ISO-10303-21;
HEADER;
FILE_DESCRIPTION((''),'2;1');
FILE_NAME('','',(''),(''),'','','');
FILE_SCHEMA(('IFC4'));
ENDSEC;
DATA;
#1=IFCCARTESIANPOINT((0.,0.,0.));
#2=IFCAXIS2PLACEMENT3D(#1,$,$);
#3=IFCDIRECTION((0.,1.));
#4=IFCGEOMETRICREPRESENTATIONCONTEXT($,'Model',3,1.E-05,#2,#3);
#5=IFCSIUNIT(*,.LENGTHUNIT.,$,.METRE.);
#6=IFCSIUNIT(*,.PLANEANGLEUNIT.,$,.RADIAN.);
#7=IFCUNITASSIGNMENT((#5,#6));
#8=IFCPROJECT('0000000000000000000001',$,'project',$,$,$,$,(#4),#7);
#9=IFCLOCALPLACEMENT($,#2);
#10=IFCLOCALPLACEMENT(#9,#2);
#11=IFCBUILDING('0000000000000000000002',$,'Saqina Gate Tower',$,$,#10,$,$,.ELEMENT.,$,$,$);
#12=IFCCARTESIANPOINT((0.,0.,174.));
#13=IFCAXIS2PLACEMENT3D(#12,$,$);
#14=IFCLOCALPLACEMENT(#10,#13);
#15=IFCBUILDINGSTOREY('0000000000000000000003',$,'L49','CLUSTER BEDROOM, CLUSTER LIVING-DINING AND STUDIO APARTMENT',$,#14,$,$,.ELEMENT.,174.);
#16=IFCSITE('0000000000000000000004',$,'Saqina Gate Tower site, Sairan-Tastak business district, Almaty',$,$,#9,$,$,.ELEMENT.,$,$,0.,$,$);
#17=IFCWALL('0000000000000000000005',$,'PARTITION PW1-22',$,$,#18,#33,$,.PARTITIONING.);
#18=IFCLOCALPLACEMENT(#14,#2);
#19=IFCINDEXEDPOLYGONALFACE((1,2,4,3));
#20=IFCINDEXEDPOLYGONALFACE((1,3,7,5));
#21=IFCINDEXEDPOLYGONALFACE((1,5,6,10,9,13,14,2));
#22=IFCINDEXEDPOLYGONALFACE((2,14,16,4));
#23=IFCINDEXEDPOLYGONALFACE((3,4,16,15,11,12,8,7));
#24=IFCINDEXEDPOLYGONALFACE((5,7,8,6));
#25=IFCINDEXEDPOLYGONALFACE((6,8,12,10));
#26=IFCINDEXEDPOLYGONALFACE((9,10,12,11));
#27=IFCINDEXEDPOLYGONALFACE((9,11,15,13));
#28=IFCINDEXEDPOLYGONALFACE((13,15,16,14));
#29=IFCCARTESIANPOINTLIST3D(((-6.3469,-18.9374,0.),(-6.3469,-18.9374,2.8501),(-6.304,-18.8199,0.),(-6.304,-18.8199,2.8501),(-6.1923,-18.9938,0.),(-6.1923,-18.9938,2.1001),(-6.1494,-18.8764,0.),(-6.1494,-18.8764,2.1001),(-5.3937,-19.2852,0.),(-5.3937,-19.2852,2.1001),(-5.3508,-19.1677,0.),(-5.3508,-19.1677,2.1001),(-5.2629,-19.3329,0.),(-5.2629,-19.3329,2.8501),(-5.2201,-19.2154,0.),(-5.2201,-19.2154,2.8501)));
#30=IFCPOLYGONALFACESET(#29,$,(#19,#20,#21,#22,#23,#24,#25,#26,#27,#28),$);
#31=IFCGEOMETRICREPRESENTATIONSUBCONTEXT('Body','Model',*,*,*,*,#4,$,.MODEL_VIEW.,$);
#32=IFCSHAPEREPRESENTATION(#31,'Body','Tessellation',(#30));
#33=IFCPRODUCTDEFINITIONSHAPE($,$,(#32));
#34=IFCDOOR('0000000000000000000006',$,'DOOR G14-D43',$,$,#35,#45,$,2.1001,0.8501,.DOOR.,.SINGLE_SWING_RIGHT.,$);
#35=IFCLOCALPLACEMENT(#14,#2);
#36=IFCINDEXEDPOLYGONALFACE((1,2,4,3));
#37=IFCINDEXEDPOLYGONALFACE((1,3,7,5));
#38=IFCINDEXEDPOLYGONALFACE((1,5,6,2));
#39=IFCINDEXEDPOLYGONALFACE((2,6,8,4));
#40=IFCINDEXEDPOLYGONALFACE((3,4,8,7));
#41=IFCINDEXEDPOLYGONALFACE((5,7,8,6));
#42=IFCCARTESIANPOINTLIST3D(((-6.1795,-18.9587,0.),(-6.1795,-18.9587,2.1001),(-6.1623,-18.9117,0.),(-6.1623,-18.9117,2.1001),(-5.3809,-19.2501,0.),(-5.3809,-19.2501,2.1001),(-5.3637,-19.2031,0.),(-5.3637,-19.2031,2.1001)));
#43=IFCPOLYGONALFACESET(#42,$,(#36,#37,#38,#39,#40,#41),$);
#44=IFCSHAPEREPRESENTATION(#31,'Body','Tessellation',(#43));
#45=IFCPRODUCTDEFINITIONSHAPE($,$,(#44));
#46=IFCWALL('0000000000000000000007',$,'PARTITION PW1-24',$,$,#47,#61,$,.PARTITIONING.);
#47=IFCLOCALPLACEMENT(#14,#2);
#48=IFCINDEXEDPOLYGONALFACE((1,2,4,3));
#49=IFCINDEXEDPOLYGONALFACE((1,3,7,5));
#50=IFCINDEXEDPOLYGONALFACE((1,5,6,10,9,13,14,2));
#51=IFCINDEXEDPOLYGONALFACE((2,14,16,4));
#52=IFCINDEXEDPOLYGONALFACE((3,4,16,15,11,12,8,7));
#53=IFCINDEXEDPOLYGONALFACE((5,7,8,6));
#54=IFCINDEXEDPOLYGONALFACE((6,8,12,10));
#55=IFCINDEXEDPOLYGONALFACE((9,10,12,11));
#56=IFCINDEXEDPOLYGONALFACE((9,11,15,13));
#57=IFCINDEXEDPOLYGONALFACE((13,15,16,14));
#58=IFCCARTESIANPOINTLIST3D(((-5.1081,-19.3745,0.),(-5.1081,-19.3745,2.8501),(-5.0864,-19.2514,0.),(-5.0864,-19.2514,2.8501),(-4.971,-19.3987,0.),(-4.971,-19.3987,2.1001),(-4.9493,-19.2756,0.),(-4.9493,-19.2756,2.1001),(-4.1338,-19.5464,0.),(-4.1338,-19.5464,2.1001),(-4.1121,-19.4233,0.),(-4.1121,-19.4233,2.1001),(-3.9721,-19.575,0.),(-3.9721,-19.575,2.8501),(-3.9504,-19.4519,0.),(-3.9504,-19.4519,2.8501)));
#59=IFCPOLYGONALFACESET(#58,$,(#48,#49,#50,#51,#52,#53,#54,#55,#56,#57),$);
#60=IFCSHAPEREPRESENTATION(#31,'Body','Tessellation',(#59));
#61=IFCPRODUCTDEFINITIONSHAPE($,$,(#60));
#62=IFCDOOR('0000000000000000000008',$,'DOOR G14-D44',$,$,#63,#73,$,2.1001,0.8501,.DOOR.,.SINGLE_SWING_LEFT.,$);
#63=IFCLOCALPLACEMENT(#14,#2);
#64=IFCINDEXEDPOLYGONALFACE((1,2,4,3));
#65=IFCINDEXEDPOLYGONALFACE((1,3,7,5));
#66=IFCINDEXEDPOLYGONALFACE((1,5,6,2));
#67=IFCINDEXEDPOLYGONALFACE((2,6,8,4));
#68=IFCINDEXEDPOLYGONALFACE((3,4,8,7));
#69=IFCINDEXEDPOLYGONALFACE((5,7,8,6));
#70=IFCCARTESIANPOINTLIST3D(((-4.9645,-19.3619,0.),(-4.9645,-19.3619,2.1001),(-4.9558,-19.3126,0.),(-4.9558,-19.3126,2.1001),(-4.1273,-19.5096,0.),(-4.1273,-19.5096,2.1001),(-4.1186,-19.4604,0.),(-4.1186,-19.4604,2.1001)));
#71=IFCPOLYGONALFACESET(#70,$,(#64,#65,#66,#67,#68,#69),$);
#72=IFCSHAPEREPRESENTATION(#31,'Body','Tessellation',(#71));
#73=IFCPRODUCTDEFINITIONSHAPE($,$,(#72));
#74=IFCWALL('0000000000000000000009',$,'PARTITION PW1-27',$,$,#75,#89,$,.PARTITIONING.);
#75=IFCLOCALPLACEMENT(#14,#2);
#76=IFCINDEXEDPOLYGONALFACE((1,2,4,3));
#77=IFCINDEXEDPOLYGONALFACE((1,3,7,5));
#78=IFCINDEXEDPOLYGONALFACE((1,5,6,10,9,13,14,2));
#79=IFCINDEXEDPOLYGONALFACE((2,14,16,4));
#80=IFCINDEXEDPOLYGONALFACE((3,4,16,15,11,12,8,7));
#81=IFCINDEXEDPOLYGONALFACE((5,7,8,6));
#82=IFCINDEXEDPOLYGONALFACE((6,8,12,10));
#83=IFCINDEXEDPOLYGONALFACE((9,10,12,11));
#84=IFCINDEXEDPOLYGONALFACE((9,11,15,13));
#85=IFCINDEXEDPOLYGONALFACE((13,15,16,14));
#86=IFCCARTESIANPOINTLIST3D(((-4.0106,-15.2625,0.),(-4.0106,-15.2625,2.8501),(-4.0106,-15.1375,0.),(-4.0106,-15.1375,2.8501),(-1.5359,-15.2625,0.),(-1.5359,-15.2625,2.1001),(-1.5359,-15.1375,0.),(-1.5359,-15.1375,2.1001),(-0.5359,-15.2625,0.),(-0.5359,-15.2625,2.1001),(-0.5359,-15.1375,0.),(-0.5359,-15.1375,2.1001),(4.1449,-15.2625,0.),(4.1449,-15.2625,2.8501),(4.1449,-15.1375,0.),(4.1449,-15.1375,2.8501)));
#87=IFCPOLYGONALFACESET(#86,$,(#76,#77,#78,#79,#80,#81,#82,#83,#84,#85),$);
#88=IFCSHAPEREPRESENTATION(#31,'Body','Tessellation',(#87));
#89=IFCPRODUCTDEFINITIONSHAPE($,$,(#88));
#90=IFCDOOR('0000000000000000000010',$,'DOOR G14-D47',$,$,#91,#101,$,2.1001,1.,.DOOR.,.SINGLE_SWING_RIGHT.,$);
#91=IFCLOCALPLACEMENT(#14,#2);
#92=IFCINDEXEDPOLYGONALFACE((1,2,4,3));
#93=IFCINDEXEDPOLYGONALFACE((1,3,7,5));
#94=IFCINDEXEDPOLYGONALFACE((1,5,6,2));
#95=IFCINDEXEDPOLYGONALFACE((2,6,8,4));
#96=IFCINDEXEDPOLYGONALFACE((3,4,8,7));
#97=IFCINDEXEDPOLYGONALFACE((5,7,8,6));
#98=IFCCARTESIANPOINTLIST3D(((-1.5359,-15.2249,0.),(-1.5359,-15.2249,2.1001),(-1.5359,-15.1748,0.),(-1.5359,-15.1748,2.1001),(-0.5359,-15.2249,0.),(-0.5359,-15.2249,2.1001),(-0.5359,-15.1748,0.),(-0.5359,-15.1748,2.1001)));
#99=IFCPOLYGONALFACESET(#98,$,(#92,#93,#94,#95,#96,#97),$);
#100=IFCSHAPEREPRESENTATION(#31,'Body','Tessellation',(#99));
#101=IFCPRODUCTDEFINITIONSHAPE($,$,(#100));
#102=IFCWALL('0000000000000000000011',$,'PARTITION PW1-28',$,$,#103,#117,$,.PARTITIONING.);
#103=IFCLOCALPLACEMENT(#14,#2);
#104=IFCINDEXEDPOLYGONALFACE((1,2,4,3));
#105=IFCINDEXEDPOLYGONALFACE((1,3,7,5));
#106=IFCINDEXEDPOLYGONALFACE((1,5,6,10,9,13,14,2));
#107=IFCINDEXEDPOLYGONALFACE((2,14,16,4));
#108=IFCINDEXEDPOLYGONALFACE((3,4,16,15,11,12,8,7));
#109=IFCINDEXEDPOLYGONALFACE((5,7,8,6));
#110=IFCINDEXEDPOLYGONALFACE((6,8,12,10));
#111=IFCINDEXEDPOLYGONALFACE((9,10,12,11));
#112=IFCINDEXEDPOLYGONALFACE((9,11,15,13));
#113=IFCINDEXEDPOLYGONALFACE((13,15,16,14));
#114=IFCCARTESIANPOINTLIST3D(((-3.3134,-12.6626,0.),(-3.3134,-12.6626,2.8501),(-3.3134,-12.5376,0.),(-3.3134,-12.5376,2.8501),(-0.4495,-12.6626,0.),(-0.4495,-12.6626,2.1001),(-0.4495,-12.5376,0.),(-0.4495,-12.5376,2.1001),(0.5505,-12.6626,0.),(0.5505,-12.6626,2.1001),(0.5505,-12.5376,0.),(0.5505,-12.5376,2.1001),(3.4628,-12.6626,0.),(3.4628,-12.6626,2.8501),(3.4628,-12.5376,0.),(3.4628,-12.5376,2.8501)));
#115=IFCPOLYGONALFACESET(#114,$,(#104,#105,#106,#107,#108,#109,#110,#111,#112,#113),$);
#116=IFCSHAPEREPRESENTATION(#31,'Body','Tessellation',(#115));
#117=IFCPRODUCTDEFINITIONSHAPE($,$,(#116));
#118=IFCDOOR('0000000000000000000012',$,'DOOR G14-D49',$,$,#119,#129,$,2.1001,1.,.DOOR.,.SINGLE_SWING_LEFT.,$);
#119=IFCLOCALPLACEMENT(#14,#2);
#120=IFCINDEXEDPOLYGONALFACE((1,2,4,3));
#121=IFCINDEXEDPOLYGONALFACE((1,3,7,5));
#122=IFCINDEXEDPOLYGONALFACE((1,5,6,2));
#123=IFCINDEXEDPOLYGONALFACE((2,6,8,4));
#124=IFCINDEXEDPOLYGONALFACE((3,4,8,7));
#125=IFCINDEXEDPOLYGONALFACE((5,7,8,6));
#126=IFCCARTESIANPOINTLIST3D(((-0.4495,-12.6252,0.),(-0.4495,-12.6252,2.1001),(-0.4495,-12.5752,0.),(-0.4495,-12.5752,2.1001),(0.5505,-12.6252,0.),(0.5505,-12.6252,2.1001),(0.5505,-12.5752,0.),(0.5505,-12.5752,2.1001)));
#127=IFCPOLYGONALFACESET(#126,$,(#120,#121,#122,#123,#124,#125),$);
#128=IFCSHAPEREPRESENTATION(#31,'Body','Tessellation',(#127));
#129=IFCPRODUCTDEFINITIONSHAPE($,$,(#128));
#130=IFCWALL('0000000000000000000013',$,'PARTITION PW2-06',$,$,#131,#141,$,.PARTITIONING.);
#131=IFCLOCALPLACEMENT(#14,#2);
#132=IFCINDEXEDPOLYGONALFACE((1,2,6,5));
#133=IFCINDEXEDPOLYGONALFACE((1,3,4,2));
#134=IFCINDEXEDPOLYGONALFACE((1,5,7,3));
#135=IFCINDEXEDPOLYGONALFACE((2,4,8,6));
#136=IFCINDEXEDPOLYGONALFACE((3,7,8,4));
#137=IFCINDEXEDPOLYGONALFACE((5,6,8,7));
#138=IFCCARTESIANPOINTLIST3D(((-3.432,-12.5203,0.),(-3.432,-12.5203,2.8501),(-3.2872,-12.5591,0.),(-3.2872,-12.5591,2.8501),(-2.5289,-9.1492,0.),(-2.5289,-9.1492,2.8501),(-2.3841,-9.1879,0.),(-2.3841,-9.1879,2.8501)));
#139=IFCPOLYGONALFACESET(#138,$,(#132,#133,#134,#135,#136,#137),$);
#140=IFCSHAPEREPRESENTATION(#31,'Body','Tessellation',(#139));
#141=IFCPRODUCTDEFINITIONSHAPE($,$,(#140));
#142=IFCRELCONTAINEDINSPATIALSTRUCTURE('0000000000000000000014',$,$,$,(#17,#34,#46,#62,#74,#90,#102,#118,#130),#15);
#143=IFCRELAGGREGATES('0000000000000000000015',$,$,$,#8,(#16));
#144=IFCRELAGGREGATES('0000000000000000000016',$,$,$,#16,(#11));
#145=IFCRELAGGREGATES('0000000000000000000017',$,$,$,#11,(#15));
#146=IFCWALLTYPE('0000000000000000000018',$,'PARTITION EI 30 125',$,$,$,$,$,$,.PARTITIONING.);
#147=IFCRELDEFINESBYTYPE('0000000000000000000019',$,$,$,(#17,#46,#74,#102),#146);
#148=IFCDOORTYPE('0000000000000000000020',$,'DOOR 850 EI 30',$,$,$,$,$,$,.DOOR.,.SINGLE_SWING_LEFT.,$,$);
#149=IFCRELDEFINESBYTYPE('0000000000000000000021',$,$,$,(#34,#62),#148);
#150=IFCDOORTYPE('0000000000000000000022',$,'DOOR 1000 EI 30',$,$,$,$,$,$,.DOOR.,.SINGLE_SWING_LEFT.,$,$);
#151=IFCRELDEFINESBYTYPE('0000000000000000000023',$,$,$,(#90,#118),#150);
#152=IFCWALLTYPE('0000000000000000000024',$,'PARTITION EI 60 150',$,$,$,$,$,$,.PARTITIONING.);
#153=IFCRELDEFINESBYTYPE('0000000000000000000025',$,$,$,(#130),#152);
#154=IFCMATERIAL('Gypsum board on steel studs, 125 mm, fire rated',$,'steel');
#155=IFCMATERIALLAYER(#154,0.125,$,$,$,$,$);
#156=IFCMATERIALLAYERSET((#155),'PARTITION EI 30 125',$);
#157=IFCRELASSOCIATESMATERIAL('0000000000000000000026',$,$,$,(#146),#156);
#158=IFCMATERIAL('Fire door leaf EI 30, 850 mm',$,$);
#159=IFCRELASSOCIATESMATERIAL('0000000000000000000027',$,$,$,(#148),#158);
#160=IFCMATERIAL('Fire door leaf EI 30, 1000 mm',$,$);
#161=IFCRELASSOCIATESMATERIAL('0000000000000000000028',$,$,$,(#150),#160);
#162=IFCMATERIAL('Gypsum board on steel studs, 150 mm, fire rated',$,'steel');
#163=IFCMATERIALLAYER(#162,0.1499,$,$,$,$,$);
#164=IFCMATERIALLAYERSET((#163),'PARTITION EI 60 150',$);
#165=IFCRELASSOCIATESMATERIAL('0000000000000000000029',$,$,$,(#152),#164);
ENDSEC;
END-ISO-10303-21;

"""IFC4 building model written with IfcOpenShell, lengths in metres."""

from ifc_helpers import new_model, si_unit, direction, frame, frame_2d, origin, place, context, subcontext, project, spatial, rectangle, extrude, material, layer, layer_set, type_object, element, fill, save


model = new_model("IFC4")

# Units and contexts
model_context = context("Model", 3, precision=1e-05, world=origin(), true_north=direction((0.0, 1.0)))
body_context = subcontext(model_context, "Body", "Model", "MODEL_VIEW")
ifc_project = project(units=[si_unit("LENGTHUNIT", "METRE"), si_unit("PLANEANGLEUNIT", "RADIAN")], contexts=[model_context])

# Site, building, storey
site_placement = place(None, origin())
site = spatial("IfcSite", under=ifc_project, at=site_placement, Name="Saqina Gate Tower site, Sairan-Tastak business district, Almaty", CompositionType="ELEMENT", RefElevation=0.0)
building_placement = place(site_placement, origin())
building = spatial("IfcBuilding", under=site, at=building_placement, Name="Saqina Gate Tower", CompositionType="ELEMENT")
storey_placement = place(building_placement, frame((0.0, 0.0, 174.0)))
storey = spatial("IfcBuildingStorey", under=building, at=storey_placement, Name="L49", Description="CLUSTER BEDROOM, CLUSTER LIVING-DINING AND STUDIO APARTMENT", CompositionType="ELEMENT", Elevation=174.0)

# Shared definitions
ifc_material_1 = material(Name="Gypsum board on steel studs, 125 mm, fire rated", Category="steel")
ifc_layer_1 = layer(ifc_material_1, 0.125)
ifc_layer_set_1 = layer_set([ifc_layer_1], Name="PARTITION EI 30 125")
wall_type_1 = type_object("IfcWallType", Name="PARTITION EI 30 125", PredefinedType="PARTITIONING", material=ifc_layer_set_1)

# Walls, openings, doors
wall_1_placement = place(storey_placement, frame((-6.3254, -18.8787, 0.0), z_axis=(0.0, 0.0, 1.0), x_axis=(0.939422, -0.342762, 0.0)))
wall_1 = element("IfcWall", 1, at=wall_1_placement, inside=storey, type_object=wall_type_1, Name="PARTITION PW1-22", PredefinedType="PARTITIONING", context=body_context, shape_type="SweptSolid", body=[
    extrude(rectangle(XDim=1.1538, YDim=0.125, at=frame_2d((0.5769, 0.0))), origin(), (0.0, 0.0, 1.0), 2.8501),
])
opening_1_placement = place(wall_1_placement, frame((0.1646, 0.0, 0.0)))
opening_1 = element("IfcOpeningElement", 2, at=opening_1_placement, cuts=wall_1, PredefinedType="OPENING", context=body_context, shape_type="SweptSolid", body=[
    extrude(rectangle(XDim=0.8501, YDim=2.1001, at=frame_2d((0.425, 1.05))), frame((0.0, 0.0745, 0.0), z_axis=(0.0, -1.0, 0.0), x_axis=(1.0, 0.0, 0.0)), (0.0, 0.0, 1.0), 0.1489),
])
ifc_material_2 = material(Name="Fire door leaf EI 30, 850 mm")
door_type_1 = type_object("IfcDoorType", Name="DOOR 850 EI 30", OperationType="SINGLE_SWING_LEFT", PredefinedType="DOOR", material=ifc_material_2)
door_1_placement = place(opening_1_placement, origin())
door_1 = element("IfcDoor", 3, at=door_1_placement, inside=storey, type_object=door_type_1, Name="DOOR G14-D43", OperationType="SINGLE_SWING_RIGHT", OverallHeight=2.1001, OverallWidth=0.8501, PredefinedType="DOOR", context=body_context, shape_type="SweptSolid", body=[
    extrude(rectangle(XDim=0.8501, YDim=2.1001, at=frame_2d((0.425, 1.05))), frame((0.0, 0.0249, 0.0), z_axis=(0.0, -1.0, 0.0), x_axis=(1.0, 0.0, 0.0)), (0.0, 0.0, 1.0), 0.05),
])
fill(opening_1, door_1)
wall_2_placement = place(storey_placement, frame((-5.0972, -19.313, 0.0), z_axis=(0.0, 0.0, 1.0), x_axis=(0.984788, -0.173761, 0.0)))
wall_2 = element("IfcWall", 4, at=wall_2_placement, inside=storey, type_object=wall_type_1, Name="PARTITION PW1-24", PredefinedType="PARTITIONING", context=body_context, shape_type="SweptSolid", body=[
    extrude(rectangle(XDim=1.1536, YDim=0.125, at=frame_2d((0.5767, 0.0))), origin(), (0.0, 0.0, 1.0), 2.8501),
])
opening_2_placement = place(wall_2_placement, frame((0.1392, 0.0, 0.0)))
opening_2 = element("IfcOpeningElement", 5, at=opening_2_placement, cuts=wall_2, PredefinedType="OPENING", context=body_context, shape_type="SweptSolid", body=[
    extrude(rectangle(XDim=0.8501, YDim=2.1001, at=frame_2d((0.425, 1.05))), frame((0.0, 0.0745, 0.0), z_axis=(0.0, -1.0, 0.0), x_axis=(1.0, 0.0, 0.0)), (0.0, 0.0, 1.0), 0.1489),
])
door_2_placement = place(opening_2_placement, origin())
door_2 = element("IfcDoor", 6, at=door_2_placement, inside=storey, type_object=door_type_1, Name="DOOR G14-D44", OperationType="SINGLE_SWING_LEFT", OverallHeight=2.1001, OverallWidth=0.8501, PredefinedType="DOOR", context=body_context, shape_type="SweptSolid", body=[
    extrude(rectangle(XDim=0.8501, YDim=2.1001, at=frame_2d((0.425, 1.05))), frame((0.0, 0.0249, 0.0), z_axis=(0.0, -1.0, 0.0), x_axis=(1.0, 0.0, 0.0)), (0.0, 0.0, 1.0), 0.05),
])
fill(opening_2, door_2)
wall_3_placement = place(storey_placement, frame((-4.0105, -15.2, 0.0), z_axis=(0.0, 0.0, 1.0), x_axis=(1.0, 0.0, 0.0)))
wall_3 = element("IfcWall", 7, at=wall_3_placement, inside=storey, type_object=wall_type_1, Name="PARTITION PW1-27", PredefinedType="PARTITIONING", context=body_context, shape_type="SweptSolid", body=[
    extrude(rectangle(XDim=8.1555, YDim=0.125, at=frame_2d((4.0776, 0.0))), origin(), (0.0, 0.0, 1.0), 2.8501),
])
opening_3_placement = place(wall_3_placement, frame((2.4746, 0.0, 0.0)))
opening_3 = element("IfcOpeningElement", 8, at=opening_3_placement, cuts=wall_3, PredefinedType="OPENING", context=body_context, shape_type="SweptSolid", body=[
    extrude(rectangle(XDim=1.0, YDim=2.1001, at=frame_2d((0.5, 1.05))), frame((0.0, 0.0745, 0.0), z_axis=(0.0, -1.0, 0.0), x_axis=(1.0, 0.0, 0.0)), (0.0, 0.0, 1.0), 0.1489),
])
ifc_material_3 = material(Name="Fire door leaf EI 30, 1000 mm")
door_type_2 = type_object("IfcDoorType", Name="DOOR 1000 EI 30", OperationType="SINGLE_SWING_LEFT", PredefinedType="DOOR", material=ifc_material_3)
door_3_placement = place(opening_3_placement, frame((1.0, 0.0, 0.0), z_axis=(0.0, 0.0, 1.0), x_axis=(-1.0, 0.0, 0.0)))
door_3 = element("IfcDoor", 9, at=door_3_placement, inside=storey, type_object=door_type_2, Name="DOOR G14-D47", OperationType="SINGLE_SWING_RIGHT", OverallHeight=2.1001, OverallWidth=1.0, PredefinedType="DOOR", context=body_context, shape_type="SweptSolid", body=[
    extrude(rectangle(XDim=1.0, YDim=2.1001, at=frame_2d((0.5, 1.05))), frame((0.0, 0.0249, 0.0), z_axis=(0.0, -1.0, 0.0), x_axis=(1.0, 0.0, 0.0)), (0.0, 0.0, 1.0), 0.05),
])
fill(opening_3, door_3)
wall_4_placement = place(storey_placement, frame((-3.3135, -12.6001, 0.0), z_axis=(0.0, 0.0, 1.0), x_axis=(1.0, 0.0, 0.0)))
wall_4 = element("IfcWall", 10, at=wall_4_placement, inside=storey, type_object=wall_type_1, Name="PARTITION PW1-28", PredefinedType="PARTITIONING", context=body_context, shape_type="SweptSolid", body=[
    extrude(rectangle(XDim=6.7761, YDim=0.125, at=frame_2d((3.3882, 0.0))), origin(), (0.0, 0.0, 1.0), 2.8501),
])
opening_4_placement = place(wall_4_placement, frame((2.864, 0.0, 0.0)))
opening_4 = element("IfcOpeningElement", 11, at=opening_4_placement, cuts=wall_4, PredefinedType="OPENING", context=body_context, shape_type="SweptSolid", body=[
    extrude(rectangle(XDim=1.0, YDim=2.1001, at=frame_2d((0.5, 1.05))), frame((0.0, 0.0745, 0.0), z_axis=(0.0, -1.0, 0.0), x_axis=(1.0, 0.0, 0.0)), (0.0, 0.0, 1.0), 0.1489),
])
door_4_placement = place(opening_4_placement, origin())
door_4 = element("IfcDoor", 12, at=door_4_placement, inside=storey, type_object=door_type_2, Name="DOOR G14-D49", OperationType="SINGLE_SWING_LEFT", OverallHeight=2.1001, OverallWidth=1.0, PredefinedType="DOOR", context=body_context, shape_type="SweptSolid", body=[
    extrude(rectangle(XDim=1.0, YDim=2.1001, at=frame_2d((0.5, 1.05))), frame((0.0, 0.0249, 0.0), z_axis=(0.0, -1.0, 0.0), x_axis=(1.0, 0.0, 0.0)), (0.0, 0.0, 1.0), 0.05),
])
fill(opening_4, door_4)

# Wall
ifc_material_4 = material(Name="Gypsum board on steel studs, 150 mm, fire rated", Category="steel")
ifc_layer_2 = layer(ifc_material_4, 0.1499)
ifc_layer_set_2 = layer_set([ifc_layer_2], Name="PARTITION EI 60 150")
wall_type_2 = type_object("IfcWallType", Name="PARTITION EI 60 150", PredefinedType="PARTITIONING", material=ifc_layer_set_2)
wall_5_placement = place(storey_placement, frame((-3.3596, -12.5398, 0.0), z_axis=(0.0, 0.0, 1.0), x_axis=(0.258764, 0.965941, 0.0)))
element("IfcWall", 13, at=wall_5_placement, inside=storey, type_object=wall_type_2, Name="PARTITION PW2-06", PredefinedType="PARTITIONING", context=body_context, shape_type="SweptSolid", body=[
    extrude(rectangle(XDim=3.49, YDim=0.1499, at=frame_2d((1.7451, 0.0))), origin(), (0.0, 0.0, 1.0), 2.8501),
])

save(model, "model.ifc")
